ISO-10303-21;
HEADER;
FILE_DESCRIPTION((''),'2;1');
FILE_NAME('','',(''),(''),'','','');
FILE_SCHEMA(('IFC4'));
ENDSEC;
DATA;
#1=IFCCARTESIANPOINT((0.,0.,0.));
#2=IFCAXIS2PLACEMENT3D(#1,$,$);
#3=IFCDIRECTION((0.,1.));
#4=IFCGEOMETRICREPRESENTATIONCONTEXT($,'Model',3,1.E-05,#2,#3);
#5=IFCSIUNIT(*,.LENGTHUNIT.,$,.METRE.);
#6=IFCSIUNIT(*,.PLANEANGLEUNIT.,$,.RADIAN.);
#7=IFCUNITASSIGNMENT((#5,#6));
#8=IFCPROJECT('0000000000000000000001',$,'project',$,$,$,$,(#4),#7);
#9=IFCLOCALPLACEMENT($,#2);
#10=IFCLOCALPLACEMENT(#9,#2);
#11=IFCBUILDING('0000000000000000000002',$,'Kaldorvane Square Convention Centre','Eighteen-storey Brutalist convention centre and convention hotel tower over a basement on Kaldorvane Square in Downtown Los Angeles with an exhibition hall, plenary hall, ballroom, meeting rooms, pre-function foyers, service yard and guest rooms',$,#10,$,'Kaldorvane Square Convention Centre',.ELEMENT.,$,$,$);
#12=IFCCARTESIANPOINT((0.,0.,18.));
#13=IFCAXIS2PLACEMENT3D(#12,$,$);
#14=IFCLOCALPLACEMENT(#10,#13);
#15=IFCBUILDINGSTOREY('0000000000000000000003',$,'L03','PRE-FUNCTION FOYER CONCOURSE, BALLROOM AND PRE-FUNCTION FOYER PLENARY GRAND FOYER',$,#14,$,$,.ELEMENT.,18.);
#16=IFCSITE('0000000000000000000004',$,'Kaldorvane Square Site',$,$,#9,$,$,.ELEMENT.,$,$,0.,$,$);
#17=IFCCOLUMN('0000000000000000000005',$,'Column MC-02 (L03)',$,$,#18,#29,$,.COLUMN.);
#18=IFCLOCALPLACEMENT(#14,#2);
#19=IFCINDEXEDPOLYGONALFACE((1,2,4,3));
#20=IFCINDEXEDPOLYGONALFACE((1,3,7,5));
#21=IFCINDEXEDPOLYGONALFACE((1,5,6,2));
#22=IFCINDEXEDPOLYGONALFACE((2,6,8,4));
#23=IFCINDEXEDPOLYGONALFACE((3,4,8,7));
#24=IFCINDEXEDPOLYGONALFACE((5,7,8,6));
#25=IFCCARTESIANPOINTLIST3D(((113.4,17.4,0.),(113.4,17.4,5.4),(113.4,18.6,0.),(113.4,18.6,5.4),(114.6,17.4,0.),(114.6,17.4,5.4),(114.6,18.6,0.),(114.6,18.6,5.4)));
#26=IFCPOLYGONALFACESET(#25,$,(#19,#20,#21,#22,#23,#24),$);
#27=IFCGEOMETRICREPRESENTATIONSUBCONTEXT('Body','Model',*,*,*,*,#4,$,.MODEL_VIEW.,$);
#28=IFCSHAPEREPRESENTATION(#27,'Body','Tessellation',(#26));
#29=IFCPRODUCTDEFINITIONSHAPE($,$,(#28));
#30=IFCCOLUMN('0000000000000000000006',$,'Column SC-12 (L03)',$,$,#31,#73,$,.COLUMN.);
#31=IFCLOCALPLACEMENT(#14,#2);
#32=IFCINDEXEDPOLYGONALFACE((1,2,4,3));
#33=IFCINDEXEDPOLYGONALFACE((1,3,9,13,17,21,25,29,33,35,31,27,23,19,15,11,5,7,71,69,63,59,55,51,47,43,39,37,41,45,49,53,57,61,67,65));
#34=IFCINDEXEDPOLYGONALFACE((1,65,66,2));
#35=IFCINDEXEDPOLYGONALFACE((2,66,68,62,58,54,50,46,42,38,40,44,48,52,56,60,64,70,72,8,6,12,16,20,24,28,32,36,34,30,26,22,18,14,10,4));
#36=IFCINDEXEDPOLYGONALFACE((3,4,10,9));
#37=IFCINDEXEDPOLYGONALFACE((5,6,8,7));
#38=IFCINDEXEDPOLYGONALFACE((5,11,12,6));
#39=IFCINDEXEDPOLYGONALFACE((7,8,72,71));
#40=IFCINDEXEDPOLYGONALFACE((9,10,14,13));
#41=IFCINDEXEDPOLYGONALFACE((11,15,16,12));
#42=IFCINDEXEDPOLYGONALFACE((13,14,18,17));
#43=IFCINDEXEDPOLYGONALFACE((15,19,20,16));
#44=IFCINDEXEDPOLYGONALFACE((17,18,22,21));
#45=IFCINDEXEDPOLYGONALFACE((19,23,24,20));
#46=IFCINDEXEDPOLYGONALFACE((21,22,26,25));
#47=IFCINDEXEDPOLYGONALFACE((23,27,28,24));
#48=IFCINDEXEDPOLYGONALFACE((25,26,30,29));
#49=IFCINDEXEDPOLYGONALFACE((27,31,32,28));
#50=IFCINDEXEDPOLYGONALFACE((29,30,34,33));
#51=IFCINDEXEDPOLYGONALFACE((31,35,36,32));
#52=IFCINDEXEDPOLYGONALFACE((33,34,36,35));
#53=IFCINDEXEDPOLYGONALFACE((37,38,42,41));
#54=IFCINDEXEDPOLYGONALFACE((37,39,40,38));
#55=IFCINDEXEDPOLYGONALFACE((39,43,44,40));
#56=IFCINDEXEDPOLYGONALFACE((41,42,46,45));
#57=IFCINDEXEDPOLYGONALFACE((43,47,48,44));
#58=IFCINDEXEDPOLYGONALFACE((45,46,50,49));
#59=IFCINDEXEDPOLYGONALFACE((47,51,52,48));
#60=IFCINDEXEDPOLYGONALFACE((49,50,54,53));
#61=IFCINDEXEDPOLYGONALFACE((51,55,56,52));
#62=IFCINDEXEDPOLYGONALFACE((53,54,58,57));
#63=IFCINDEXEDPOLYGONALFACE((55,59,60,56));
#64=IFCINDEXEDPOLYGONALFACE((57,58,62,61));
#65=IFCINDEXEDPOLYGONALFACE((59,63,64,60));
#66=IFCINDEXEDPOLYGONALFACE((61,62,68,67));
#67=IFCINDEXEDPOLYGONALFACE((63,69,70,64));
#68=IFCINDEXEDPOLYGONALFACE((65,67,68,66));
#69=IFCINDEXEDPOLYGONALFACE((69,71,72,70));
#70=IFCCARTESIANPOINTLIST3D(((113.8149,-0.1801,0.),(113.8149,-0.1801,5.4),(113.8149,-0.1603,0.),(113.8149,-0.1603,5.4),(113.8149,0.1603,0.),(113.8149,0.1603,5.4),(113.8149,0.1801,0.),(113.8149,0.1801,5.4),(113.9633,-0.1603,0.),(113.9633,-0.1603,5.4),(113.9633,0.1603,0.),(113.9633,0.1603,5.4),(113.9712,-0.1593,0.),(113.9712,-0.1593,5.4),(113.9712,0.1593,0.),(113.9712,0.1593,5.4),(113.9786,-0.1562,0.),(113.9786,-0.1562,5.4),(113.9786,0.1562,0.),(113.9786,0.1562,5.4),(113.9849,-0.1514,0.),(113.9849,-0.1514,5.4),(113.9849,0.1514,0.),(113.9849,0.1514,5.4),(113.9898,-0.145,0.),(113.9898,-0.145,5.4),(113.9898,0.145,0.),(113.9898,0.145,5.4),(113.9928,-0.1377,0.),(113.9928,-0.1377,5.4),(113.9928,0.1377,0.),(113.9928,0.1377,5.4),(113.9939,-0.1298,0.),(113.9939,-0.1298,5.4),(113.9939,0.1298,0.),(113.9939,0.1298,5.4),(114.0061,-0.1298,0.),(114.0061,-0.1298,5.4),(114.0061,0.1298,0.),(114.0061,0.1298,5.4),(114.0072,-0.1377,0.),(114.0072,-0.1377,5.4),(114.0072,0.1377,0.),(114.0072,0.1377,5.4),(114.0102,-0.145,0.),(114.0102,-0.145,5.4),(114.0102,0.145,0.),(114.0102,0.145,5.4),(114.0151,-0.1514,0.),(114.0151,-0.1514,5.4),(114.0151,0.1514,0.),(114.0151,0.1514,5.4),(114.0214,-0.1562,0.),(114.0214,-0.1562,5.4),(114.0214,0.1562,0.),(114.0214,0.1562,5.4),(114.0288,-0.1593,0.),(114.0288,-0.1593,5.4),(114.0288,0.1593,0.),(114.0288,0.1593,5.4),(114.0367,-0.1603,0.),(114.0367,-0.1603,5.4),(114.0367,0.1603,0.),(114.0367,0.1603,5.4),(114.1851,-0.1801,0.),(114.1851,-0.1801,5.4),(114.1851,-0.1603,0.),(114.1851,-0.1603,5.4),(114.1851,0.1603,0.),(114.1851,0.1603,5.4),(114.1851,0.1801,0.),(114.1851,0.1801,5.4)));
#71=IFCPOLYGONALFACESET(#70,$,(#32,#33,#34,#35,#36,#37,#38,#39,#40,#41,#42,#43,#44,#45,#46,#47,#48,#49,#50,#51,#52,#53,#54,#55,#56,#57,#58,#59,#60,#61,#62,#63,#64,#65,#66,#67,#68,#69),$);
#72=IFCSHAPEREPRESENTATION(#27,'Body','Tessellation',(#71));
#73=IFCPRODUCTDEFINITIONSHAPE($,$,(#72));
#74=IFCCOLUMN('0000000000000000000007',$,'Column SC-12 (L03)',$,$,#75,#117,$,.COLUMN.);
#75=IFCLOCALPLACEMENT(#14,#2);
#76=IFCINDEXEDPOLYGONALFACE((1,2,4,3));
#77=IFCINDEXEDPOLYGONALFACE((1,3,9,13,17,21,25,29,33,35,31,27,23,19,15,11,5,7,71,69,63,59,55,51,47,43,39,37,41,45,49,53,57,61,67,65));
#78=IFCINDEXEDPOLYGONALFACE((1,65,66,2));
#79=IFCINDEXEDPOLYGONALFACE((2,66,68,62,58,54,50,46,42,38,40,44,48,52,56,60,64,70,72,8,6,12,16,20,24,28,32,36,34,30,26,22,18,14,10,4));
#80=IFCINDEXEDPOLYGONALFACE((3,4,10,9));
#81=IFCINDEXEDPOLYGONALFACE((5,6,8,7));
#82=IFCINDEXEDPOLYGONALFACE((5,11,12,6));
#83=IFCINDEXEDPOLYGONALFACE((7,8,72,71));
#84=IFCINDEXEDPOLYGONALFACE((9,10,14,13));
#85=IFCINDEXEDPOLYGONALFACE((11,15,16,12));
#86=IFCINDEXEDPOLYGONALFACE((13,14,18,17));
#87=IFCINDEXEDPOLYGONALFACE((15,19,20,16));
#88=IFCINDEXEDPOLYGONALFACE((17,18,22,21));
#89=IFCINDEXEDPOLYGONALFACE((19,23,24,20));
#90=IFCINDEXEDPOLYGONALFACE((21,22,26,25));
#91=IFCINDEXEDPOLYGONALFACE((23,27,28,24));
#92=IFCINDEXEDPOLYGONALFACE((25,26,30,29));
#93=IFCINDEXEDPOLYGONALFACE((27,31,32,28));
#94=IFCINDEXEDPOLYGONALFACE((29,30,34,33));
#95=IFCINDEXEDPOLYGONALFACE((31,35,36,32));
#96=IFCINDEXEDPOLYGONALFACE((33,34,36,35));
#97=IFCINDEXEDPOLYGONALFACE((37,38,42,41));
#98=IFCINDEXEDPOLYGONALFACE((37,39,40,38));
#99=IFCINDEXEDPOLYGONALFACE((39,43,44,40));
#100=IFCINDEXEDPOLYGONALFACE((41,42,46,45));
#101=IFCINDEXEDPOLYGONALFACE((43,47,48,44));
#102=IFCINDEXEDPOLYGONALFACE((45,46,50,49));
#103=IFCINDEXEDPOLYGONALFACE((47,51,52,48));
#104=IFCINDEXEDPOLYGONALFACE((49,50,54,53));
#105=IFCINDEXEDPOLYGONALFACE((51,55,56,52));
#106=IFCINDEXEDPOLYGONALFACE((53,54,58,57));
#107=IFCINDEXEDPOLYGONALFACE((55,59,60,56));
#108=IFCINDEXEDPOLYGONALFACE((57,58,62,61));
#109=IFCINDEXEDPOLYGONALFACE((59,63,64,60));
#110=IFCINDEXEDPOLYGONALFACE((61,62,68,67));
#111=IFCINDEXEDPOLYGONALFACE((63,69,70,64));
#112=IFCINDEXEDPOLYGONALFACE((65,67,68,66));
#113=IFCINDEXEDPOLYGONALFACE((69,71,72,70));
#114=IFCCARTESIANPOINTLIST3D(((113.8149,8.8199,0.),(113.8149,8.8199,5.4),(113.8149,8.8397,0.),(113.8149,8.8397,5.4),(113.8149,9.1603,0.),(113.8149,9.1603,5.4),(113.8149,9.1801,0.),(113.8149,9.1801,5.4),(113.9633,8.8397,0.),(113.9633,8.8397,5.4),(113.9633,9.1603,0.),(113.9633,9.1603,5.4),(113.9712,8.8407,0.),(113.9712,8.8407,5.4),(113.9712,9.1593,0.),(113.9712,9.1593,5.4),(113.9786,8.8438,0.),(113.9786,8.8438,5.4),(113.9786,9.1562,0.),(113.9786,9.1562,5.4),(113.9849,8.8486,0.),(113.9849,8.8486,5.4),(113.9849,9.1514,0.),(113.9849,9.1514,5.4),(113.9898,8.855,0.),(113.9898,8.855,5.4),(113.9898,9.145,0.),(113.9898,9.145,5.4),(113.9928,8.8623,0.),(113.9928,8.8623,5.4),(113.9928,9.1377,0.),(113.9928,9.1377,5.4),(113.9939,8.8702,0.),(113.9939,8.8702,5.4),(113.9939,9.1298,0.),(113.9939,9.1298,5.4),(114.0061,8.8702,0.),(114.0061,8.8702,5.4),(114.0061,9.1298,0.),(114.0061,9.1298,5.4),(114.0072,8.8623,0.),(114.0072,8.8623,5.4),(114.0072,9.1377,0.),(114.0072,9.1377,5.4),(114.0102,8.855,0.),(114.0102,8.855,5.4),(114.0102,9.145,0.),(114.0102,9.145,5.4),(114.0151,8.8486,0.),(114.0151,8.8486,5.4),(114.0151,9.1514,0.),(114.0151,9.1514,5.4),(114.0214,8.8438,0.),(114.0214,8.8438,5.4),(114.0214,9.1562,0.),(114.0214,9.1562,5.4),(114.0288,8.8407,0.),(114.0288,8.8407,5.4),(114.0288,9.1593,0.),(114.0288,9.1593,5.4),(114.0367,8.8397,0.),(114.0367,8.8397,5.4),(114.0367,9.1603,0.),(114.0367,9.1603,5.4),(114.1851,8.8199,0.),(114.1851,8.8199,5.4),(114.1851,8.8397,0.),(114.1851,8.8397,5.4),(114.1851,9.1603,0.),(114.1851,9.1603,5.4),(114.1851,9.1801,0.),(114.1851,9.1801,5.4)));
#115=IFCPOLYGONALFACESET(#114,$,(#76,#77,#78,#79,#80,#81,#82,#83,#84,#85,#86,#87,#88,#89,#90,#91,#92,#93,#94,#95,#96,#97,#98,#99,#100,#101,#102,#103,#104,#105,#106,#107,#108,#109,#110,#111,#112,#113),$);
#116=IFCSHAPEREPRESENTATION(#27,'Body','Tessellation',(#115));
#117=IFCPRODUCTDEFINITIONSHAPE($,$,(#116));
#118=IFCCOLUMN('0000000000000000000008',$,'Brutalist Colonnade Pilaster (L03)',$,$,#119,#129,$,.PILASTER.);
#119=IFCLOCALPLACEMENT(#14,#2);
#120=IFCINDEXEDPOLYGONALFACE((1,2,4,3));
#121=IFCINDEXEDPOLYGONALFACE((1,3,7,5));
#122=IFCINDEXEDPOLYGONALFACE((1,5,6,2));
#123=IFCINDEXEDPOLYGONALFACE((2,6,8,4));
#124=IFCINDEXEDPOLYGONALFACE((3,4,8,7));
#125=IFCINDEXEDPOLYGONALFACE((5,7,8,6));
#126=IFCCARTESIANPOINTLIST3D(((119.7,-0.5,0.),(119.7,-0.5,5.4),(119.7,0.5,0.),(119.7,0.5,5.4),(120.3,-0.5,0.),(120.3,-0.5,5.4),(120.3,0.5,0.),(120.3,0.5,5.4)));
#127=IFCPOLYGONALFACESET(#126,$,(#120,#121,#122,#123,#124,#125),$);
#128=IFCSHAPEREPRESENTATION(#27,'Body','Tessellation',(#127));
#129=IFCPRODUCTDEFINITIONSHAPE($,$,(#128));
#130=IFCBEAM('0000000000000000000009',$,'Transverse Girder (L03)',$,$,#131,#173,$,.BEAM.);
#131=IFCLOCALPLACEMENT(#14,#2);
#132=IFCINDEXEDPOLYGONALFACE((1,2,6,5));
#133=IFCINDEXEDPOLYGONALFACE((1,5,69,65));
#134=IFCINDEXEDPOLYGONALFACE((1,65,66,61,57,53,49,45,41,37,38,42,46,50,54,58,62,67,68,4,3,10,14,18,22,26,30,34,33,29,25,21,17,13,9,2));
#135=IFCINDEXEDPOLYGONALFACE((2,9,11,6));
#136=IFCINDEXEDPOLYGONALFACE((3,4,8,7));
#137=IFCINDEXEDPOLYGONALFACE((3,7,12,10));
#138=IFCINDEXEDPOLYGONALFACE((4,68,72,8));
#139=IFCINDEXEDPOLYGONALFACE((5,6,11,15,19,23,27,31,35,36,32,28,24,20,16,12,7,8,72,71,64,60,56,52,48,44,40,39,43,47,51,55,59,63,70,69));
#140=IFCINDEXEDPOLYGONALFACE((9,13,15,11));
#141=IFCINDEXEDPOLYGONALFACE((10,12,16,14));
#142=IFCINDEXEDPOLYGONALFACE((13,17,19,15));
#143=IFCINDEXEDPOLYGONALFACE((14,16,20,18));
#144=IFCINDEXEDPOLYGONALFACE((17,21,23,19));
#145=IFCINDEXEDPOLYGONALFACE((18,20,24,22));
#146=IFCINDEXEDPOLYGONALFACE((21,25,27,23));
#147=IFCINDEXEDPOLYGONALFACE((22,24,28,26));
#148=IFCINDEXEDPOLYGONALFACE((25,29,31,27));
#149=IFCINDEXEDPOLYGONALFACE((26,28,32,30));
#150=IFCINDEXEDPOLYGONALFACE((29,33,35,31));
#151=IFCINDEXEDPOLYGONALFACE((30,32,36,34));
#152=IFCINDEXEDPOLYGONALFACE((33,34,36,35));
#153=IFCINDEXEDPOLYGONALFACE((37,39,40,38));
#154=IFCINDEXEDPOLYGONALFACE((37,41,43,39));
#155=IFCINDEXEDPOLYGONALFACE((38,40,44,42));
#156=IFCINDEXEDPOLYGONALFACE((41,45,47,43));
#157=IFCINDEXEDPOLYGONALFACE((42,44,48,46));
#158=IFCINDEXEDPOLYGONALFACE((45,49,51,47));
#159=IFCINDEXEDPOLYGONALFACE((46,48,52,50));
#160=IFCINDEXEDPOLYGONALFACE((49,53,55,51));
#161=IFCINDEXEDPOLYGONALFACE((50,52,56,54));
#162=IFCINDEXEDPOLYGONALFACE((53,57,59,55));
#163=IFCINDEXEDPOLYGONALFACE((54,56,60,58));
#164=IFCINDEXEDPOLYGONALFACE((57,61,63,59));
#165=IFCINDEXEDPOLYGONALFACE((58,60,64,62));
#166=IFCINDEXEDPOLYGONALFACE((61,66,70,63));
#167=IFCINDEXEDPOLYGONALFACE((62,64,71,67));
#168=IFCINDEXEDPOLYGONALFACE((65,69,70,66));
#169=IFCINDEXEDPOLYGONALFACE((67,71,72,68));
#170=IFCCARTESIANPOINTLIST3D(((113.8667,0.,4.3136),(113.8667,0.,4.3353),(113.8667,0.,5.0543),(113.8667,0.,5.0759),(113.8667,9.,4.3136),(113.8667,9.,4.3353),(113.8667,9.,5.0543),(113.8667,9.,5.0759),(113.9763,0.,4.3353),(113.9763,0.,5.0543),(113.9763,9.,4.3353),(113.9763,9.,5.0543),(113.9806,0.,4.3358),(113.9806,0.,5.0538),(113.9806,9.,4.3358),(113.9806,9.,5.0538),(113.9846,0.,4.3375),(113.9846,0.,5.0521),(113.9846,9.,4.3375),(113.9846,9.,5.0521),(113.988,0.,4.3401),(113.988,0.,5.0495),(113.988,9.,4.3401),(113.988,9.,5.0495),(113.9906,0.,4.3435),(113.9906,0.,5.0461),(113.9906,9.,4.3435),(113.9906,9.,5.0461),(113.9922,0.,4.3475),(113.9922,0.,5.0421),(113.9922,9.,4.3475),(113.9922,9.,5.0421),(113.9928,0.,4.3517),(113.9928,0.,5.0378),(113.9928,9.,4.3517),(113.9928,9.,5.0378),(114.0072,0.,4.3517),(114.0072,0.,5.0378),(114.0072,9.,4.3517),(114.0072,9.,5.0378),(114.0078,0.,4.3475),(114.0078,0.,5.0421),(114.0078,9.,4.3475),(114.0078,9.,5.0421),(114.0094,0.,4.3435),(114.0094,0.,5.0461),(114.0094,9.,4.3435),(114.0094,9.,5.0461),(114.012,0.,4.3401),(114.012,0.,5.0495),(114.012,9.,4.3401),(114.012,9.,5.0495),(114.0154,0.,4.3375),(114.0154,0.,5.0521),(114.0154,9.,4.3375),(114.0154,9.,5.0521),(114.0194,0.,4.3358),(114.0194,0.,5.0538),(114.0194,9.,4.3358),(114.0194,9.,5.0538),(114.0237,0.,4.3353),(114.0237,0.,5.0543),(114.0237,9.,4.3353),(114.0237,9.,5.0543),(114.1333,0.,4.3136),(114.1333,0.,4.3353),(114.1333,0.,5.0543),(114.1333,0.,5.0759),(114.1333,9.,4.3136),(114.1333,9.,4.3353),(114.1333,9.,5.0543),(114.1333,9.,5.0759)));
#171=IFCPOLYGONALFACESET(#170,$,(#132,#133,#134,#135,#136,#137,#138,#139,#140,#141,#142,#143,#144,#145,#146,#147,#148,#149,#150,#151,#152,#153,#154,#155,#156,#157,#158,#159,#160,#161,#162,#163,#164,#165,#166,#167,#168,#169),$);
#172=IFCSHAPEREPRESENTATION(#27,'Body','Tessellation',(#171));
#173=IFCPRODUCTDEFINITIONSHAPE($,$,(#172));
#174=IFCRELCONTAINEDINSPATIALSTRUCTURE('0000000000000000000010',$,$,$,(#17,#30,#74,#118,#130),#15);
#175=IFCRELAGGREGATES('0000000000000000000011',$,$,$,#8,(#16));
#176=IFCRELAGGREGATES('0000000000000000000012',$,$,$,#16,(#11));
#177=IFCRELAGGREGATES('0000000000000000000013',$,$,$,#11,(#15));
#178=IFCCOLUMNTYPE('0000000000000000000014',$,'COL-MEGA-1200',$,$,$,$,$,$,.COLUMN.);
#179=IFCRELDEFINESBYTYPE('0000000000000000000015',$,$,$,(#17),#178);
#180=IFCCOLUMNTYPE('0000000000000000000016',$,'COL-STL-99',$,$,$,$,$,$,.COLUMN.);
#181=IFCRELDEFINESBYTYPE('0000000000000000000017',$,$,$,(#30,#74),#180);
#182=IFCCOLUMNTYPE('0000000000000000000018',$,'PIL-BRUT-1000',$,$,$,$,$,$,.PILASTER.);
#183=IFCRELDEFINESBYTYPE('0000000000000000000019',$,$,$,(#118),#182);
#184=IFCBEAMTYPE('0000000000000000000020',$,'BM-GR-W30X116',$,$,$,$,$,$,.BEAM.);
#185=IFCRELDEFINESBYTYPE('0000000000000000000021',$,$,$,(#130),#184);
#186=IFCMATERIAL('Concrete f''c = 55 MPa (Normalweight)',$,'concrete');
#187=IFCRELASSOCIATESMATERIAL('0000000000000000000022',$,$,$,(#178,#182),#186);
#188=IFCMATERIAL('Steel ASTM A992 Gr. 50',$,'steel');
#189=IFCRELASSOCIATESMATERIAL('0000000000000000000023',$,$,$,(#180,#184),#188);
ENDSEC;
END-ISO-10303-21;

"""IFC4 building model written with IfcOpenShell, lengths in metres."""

from ifc_helpers import new_model, si_unit, direction, frame, origin, origin_2d, place, context, subcontext, project, spatial, rectangle, i_section, extrude, material, material_profile, profile_set, type_object, element, save


model = new_model("IFC4")

# Units and contexts
model_context = context("Model", 3, precision=1e-05, world=origin(), true_north=direction((0.0, 1.0)))
body_context = subcontext(model_context, "Body", "Model", "MODEL_VIEW")
ifc_project = project(units=[si_unit("LENGTHUNIT", "METRE"), si_unit("PLANEANGLEUNIT", "RADIAN")], contexts=[model_context])

# Site, building, storey
site_placement = place(None, origin())
site = spatial("IfcSite", under=ifc_project, at=site_placement, Name="Kaldorvane Square Site", CompositionType="ELEMENT", RefElevation=0.0)
building_placement = place(site_placement, origin())
building = spatial("IfcBuilding", under=site, at=building_placement, Name="Kaldorvane Square Convention Centre", Description="Eighteen-storey Brutalist convention centre and convention hotel tower over a basement on Kaldorvane Square in Downtown Los Angeles with an exhibition hall, plenary hall, ballroom, meeting rooms, pre-function foyers, service yard and guest rooms", LongName="Kaldorvane Square Convention Centre", CompositionType="ELEMENT")
storey_placement = place(building_placement, frame((0.0, 0.0, 18.0)))
storey = spatial("IfcBuildingStorey", under=building, at=storey_placement, Name="L03", Description="PRE-FUNCTION FOYER CONCOURSE, BALLROOM AND PRE-FUNCTION FOYER PLENARY GRAND FOYER", CompositionType="ELEMENT", Elevation=18.0)

# Columns
ifc_material_1 = material(Name="Concrete f'c = 55 MPa (Normalweight)", Category="concrete")
ifc_material_profile_1 = material_profile(ifc_material_1, rectangle(XDim=1.2, YDim=1.2, at=origin_2d()), Name="RC1200X1200")
ifc_profile_set_1 = profile_set([ifc_material_profile_1], Name="Concrete f'c = 55 MPa (Normalweight)")
column_type_1 = type_object("IfcColumnType", Name="COL-MEGA-1200", PredefinedType="COLUMN", material=ifc_profile_set_1)
column_1_placement = place(storey_placement, frame((114.0, 18.0, 0.0), z_axis=(0.0, 0.0, 1.0), x_axis=(1.0, 0.0, 0.0)))
element("IfcColumn", 1, at=column_1_placement, inside=storey, type_object=column_type_1, Name="Column MC-02 (L03)", PredefinedType="COLUMN", context=body_context, shape_type="SweptSolid", body=[
    extrude(rectangle(XDim=1.2, YDim=1.2, at=origin_2d()), origin(), (0.0, 0.0, 1.0), 5.4),
])
ifc_material_2 = material(Name="Steel ASTM A992 Gr. 50", Category="steel")
ifc_material_profile_2 = material_profile(ifc_material_2, i_section(OverallWidth=0.3701, OverallDepth=0.3602, WebThickness=0.0123, FlangeThickness=0.0198, FilletRadius=0.0305, at=origin_2d()), Name="W14X99")
ifc_profile_set_2 = profile_set([ifc_material_profile_2], Name="Steel ASTM A992 Gr. 50")
column_type_2 = type_object("IfcColumnType", Name="COL-STL-99", PredefinedType="COLUMN", material=ifc_profile_set_2)
for number, where, z_axis, x_axis, name in (
    (2, (114.0, 0.0, 0.0), (0.0, 0.0, 1.0), (1.0, 0.0, 0.0), "Column SC-12 (L03)"),
    (3, (114.0, 9.0, 0.0), (0.0, 0.0, 1.0), (1.0, 0.0, 0.0), "Column SC-12 (L03)"),
):
    element("IfcColumn", number, at=place(storey_placement, frame(where, z_axis=z_axis, x_axis=x_axis)), inside=storey, type_object=column_type_2, Name=name, PredefinedType="COLUMN", context=body_context, shape_type="SweptSolid", body=[
        extrude(i_section(OverallWidth=0.3701, OverallDepth=0.3602, WebThickness=0.0123, FlangeThickness=0.0198, FilletRadius=0.0305, at=origin_2d()), origin(), (0.0, 0.0, 1.0), 5.4),
    ])
ifc_material_profile_3 = material_profile(ifc_material_1, rectangle(XDim=0.6, YDim=1.0, at=origin_2d()), Name="PIL1000X600")
ifc_profile_set_3 = profile_set([ifc_material_profile_3], Name="Concrete f'c = 55 MPa (Normalweight)")
column_type_3 = type_object("IfcColumnType", Name="PIL-BRUT-1000", PredefinedType="PILASTER", material=ifc_profile_set_3)
column_2_placement = place(storey_placement, frame((120.0, 0.0, 0.0), z_axis=(0.0, 0.0, 1.0), x_axis=(1.0, 0.0, 0.0)))
element("IfcColumn", 4, at=column_2_placement, inside=storey, type_object=column_type_3, Name="Brutalist Colonnade Pilaster (L03)", PredefinedType="PILASTER", context=body_context, shape_type="SweptSolid", body=[
    extrude(rectangle(XDim=0.6, YDim=1.0, at=origin_2d()), origin(), (0.0, 0.0, 1.0), 5.4),
])

# Beam
ifc_material_profile_4 = material_profile(ifc_material_2, i_section(OverallWidth=0.2666, OverallDepth=0.7623, WebThickness=0.0144, FlangeThickness=0.0216, FilletRadius=0.0165, at=origin_2d()), Name="W30X116")
ifc_profile_set_4 = profile_set([ifc_material_profile_4], Name="Steel ASTM A992 Gr. 50")
beam_type_1 = type_object("IfcBeamType", Name="BM-GR-W30X116", PredefinedType="BEAM", material=ifc_profile_set_4)
for number, where, z_axis, x_axis, name in (
    (5, (114.0, 0.0, 4.6948), (0.0, 1.0, 0.0), (-1.0, 0.0, 0.0), "Transverse Girder (L03)"),
):
    element("IfcBeam", number, at=place(storey_placement, frame(where, z_axis=z_axis, x_axis=x_axis)), inside=storey, type_object=beam_type_1, Name=name, PredefinedType="BEAM", context=body_context, shape_type="SweptSolid", body=[
        extrude(i_section(OverallWidth=0.2666, OverallDepth=0.7623, WebThickness=0.0144, FlangeThickness=0.0216, FilletRadius=0.0165, at=origin_2d()), origin(), (0.0, 0.0, 1.0), 9.0),
    ])

save(model, "model.ifc")
